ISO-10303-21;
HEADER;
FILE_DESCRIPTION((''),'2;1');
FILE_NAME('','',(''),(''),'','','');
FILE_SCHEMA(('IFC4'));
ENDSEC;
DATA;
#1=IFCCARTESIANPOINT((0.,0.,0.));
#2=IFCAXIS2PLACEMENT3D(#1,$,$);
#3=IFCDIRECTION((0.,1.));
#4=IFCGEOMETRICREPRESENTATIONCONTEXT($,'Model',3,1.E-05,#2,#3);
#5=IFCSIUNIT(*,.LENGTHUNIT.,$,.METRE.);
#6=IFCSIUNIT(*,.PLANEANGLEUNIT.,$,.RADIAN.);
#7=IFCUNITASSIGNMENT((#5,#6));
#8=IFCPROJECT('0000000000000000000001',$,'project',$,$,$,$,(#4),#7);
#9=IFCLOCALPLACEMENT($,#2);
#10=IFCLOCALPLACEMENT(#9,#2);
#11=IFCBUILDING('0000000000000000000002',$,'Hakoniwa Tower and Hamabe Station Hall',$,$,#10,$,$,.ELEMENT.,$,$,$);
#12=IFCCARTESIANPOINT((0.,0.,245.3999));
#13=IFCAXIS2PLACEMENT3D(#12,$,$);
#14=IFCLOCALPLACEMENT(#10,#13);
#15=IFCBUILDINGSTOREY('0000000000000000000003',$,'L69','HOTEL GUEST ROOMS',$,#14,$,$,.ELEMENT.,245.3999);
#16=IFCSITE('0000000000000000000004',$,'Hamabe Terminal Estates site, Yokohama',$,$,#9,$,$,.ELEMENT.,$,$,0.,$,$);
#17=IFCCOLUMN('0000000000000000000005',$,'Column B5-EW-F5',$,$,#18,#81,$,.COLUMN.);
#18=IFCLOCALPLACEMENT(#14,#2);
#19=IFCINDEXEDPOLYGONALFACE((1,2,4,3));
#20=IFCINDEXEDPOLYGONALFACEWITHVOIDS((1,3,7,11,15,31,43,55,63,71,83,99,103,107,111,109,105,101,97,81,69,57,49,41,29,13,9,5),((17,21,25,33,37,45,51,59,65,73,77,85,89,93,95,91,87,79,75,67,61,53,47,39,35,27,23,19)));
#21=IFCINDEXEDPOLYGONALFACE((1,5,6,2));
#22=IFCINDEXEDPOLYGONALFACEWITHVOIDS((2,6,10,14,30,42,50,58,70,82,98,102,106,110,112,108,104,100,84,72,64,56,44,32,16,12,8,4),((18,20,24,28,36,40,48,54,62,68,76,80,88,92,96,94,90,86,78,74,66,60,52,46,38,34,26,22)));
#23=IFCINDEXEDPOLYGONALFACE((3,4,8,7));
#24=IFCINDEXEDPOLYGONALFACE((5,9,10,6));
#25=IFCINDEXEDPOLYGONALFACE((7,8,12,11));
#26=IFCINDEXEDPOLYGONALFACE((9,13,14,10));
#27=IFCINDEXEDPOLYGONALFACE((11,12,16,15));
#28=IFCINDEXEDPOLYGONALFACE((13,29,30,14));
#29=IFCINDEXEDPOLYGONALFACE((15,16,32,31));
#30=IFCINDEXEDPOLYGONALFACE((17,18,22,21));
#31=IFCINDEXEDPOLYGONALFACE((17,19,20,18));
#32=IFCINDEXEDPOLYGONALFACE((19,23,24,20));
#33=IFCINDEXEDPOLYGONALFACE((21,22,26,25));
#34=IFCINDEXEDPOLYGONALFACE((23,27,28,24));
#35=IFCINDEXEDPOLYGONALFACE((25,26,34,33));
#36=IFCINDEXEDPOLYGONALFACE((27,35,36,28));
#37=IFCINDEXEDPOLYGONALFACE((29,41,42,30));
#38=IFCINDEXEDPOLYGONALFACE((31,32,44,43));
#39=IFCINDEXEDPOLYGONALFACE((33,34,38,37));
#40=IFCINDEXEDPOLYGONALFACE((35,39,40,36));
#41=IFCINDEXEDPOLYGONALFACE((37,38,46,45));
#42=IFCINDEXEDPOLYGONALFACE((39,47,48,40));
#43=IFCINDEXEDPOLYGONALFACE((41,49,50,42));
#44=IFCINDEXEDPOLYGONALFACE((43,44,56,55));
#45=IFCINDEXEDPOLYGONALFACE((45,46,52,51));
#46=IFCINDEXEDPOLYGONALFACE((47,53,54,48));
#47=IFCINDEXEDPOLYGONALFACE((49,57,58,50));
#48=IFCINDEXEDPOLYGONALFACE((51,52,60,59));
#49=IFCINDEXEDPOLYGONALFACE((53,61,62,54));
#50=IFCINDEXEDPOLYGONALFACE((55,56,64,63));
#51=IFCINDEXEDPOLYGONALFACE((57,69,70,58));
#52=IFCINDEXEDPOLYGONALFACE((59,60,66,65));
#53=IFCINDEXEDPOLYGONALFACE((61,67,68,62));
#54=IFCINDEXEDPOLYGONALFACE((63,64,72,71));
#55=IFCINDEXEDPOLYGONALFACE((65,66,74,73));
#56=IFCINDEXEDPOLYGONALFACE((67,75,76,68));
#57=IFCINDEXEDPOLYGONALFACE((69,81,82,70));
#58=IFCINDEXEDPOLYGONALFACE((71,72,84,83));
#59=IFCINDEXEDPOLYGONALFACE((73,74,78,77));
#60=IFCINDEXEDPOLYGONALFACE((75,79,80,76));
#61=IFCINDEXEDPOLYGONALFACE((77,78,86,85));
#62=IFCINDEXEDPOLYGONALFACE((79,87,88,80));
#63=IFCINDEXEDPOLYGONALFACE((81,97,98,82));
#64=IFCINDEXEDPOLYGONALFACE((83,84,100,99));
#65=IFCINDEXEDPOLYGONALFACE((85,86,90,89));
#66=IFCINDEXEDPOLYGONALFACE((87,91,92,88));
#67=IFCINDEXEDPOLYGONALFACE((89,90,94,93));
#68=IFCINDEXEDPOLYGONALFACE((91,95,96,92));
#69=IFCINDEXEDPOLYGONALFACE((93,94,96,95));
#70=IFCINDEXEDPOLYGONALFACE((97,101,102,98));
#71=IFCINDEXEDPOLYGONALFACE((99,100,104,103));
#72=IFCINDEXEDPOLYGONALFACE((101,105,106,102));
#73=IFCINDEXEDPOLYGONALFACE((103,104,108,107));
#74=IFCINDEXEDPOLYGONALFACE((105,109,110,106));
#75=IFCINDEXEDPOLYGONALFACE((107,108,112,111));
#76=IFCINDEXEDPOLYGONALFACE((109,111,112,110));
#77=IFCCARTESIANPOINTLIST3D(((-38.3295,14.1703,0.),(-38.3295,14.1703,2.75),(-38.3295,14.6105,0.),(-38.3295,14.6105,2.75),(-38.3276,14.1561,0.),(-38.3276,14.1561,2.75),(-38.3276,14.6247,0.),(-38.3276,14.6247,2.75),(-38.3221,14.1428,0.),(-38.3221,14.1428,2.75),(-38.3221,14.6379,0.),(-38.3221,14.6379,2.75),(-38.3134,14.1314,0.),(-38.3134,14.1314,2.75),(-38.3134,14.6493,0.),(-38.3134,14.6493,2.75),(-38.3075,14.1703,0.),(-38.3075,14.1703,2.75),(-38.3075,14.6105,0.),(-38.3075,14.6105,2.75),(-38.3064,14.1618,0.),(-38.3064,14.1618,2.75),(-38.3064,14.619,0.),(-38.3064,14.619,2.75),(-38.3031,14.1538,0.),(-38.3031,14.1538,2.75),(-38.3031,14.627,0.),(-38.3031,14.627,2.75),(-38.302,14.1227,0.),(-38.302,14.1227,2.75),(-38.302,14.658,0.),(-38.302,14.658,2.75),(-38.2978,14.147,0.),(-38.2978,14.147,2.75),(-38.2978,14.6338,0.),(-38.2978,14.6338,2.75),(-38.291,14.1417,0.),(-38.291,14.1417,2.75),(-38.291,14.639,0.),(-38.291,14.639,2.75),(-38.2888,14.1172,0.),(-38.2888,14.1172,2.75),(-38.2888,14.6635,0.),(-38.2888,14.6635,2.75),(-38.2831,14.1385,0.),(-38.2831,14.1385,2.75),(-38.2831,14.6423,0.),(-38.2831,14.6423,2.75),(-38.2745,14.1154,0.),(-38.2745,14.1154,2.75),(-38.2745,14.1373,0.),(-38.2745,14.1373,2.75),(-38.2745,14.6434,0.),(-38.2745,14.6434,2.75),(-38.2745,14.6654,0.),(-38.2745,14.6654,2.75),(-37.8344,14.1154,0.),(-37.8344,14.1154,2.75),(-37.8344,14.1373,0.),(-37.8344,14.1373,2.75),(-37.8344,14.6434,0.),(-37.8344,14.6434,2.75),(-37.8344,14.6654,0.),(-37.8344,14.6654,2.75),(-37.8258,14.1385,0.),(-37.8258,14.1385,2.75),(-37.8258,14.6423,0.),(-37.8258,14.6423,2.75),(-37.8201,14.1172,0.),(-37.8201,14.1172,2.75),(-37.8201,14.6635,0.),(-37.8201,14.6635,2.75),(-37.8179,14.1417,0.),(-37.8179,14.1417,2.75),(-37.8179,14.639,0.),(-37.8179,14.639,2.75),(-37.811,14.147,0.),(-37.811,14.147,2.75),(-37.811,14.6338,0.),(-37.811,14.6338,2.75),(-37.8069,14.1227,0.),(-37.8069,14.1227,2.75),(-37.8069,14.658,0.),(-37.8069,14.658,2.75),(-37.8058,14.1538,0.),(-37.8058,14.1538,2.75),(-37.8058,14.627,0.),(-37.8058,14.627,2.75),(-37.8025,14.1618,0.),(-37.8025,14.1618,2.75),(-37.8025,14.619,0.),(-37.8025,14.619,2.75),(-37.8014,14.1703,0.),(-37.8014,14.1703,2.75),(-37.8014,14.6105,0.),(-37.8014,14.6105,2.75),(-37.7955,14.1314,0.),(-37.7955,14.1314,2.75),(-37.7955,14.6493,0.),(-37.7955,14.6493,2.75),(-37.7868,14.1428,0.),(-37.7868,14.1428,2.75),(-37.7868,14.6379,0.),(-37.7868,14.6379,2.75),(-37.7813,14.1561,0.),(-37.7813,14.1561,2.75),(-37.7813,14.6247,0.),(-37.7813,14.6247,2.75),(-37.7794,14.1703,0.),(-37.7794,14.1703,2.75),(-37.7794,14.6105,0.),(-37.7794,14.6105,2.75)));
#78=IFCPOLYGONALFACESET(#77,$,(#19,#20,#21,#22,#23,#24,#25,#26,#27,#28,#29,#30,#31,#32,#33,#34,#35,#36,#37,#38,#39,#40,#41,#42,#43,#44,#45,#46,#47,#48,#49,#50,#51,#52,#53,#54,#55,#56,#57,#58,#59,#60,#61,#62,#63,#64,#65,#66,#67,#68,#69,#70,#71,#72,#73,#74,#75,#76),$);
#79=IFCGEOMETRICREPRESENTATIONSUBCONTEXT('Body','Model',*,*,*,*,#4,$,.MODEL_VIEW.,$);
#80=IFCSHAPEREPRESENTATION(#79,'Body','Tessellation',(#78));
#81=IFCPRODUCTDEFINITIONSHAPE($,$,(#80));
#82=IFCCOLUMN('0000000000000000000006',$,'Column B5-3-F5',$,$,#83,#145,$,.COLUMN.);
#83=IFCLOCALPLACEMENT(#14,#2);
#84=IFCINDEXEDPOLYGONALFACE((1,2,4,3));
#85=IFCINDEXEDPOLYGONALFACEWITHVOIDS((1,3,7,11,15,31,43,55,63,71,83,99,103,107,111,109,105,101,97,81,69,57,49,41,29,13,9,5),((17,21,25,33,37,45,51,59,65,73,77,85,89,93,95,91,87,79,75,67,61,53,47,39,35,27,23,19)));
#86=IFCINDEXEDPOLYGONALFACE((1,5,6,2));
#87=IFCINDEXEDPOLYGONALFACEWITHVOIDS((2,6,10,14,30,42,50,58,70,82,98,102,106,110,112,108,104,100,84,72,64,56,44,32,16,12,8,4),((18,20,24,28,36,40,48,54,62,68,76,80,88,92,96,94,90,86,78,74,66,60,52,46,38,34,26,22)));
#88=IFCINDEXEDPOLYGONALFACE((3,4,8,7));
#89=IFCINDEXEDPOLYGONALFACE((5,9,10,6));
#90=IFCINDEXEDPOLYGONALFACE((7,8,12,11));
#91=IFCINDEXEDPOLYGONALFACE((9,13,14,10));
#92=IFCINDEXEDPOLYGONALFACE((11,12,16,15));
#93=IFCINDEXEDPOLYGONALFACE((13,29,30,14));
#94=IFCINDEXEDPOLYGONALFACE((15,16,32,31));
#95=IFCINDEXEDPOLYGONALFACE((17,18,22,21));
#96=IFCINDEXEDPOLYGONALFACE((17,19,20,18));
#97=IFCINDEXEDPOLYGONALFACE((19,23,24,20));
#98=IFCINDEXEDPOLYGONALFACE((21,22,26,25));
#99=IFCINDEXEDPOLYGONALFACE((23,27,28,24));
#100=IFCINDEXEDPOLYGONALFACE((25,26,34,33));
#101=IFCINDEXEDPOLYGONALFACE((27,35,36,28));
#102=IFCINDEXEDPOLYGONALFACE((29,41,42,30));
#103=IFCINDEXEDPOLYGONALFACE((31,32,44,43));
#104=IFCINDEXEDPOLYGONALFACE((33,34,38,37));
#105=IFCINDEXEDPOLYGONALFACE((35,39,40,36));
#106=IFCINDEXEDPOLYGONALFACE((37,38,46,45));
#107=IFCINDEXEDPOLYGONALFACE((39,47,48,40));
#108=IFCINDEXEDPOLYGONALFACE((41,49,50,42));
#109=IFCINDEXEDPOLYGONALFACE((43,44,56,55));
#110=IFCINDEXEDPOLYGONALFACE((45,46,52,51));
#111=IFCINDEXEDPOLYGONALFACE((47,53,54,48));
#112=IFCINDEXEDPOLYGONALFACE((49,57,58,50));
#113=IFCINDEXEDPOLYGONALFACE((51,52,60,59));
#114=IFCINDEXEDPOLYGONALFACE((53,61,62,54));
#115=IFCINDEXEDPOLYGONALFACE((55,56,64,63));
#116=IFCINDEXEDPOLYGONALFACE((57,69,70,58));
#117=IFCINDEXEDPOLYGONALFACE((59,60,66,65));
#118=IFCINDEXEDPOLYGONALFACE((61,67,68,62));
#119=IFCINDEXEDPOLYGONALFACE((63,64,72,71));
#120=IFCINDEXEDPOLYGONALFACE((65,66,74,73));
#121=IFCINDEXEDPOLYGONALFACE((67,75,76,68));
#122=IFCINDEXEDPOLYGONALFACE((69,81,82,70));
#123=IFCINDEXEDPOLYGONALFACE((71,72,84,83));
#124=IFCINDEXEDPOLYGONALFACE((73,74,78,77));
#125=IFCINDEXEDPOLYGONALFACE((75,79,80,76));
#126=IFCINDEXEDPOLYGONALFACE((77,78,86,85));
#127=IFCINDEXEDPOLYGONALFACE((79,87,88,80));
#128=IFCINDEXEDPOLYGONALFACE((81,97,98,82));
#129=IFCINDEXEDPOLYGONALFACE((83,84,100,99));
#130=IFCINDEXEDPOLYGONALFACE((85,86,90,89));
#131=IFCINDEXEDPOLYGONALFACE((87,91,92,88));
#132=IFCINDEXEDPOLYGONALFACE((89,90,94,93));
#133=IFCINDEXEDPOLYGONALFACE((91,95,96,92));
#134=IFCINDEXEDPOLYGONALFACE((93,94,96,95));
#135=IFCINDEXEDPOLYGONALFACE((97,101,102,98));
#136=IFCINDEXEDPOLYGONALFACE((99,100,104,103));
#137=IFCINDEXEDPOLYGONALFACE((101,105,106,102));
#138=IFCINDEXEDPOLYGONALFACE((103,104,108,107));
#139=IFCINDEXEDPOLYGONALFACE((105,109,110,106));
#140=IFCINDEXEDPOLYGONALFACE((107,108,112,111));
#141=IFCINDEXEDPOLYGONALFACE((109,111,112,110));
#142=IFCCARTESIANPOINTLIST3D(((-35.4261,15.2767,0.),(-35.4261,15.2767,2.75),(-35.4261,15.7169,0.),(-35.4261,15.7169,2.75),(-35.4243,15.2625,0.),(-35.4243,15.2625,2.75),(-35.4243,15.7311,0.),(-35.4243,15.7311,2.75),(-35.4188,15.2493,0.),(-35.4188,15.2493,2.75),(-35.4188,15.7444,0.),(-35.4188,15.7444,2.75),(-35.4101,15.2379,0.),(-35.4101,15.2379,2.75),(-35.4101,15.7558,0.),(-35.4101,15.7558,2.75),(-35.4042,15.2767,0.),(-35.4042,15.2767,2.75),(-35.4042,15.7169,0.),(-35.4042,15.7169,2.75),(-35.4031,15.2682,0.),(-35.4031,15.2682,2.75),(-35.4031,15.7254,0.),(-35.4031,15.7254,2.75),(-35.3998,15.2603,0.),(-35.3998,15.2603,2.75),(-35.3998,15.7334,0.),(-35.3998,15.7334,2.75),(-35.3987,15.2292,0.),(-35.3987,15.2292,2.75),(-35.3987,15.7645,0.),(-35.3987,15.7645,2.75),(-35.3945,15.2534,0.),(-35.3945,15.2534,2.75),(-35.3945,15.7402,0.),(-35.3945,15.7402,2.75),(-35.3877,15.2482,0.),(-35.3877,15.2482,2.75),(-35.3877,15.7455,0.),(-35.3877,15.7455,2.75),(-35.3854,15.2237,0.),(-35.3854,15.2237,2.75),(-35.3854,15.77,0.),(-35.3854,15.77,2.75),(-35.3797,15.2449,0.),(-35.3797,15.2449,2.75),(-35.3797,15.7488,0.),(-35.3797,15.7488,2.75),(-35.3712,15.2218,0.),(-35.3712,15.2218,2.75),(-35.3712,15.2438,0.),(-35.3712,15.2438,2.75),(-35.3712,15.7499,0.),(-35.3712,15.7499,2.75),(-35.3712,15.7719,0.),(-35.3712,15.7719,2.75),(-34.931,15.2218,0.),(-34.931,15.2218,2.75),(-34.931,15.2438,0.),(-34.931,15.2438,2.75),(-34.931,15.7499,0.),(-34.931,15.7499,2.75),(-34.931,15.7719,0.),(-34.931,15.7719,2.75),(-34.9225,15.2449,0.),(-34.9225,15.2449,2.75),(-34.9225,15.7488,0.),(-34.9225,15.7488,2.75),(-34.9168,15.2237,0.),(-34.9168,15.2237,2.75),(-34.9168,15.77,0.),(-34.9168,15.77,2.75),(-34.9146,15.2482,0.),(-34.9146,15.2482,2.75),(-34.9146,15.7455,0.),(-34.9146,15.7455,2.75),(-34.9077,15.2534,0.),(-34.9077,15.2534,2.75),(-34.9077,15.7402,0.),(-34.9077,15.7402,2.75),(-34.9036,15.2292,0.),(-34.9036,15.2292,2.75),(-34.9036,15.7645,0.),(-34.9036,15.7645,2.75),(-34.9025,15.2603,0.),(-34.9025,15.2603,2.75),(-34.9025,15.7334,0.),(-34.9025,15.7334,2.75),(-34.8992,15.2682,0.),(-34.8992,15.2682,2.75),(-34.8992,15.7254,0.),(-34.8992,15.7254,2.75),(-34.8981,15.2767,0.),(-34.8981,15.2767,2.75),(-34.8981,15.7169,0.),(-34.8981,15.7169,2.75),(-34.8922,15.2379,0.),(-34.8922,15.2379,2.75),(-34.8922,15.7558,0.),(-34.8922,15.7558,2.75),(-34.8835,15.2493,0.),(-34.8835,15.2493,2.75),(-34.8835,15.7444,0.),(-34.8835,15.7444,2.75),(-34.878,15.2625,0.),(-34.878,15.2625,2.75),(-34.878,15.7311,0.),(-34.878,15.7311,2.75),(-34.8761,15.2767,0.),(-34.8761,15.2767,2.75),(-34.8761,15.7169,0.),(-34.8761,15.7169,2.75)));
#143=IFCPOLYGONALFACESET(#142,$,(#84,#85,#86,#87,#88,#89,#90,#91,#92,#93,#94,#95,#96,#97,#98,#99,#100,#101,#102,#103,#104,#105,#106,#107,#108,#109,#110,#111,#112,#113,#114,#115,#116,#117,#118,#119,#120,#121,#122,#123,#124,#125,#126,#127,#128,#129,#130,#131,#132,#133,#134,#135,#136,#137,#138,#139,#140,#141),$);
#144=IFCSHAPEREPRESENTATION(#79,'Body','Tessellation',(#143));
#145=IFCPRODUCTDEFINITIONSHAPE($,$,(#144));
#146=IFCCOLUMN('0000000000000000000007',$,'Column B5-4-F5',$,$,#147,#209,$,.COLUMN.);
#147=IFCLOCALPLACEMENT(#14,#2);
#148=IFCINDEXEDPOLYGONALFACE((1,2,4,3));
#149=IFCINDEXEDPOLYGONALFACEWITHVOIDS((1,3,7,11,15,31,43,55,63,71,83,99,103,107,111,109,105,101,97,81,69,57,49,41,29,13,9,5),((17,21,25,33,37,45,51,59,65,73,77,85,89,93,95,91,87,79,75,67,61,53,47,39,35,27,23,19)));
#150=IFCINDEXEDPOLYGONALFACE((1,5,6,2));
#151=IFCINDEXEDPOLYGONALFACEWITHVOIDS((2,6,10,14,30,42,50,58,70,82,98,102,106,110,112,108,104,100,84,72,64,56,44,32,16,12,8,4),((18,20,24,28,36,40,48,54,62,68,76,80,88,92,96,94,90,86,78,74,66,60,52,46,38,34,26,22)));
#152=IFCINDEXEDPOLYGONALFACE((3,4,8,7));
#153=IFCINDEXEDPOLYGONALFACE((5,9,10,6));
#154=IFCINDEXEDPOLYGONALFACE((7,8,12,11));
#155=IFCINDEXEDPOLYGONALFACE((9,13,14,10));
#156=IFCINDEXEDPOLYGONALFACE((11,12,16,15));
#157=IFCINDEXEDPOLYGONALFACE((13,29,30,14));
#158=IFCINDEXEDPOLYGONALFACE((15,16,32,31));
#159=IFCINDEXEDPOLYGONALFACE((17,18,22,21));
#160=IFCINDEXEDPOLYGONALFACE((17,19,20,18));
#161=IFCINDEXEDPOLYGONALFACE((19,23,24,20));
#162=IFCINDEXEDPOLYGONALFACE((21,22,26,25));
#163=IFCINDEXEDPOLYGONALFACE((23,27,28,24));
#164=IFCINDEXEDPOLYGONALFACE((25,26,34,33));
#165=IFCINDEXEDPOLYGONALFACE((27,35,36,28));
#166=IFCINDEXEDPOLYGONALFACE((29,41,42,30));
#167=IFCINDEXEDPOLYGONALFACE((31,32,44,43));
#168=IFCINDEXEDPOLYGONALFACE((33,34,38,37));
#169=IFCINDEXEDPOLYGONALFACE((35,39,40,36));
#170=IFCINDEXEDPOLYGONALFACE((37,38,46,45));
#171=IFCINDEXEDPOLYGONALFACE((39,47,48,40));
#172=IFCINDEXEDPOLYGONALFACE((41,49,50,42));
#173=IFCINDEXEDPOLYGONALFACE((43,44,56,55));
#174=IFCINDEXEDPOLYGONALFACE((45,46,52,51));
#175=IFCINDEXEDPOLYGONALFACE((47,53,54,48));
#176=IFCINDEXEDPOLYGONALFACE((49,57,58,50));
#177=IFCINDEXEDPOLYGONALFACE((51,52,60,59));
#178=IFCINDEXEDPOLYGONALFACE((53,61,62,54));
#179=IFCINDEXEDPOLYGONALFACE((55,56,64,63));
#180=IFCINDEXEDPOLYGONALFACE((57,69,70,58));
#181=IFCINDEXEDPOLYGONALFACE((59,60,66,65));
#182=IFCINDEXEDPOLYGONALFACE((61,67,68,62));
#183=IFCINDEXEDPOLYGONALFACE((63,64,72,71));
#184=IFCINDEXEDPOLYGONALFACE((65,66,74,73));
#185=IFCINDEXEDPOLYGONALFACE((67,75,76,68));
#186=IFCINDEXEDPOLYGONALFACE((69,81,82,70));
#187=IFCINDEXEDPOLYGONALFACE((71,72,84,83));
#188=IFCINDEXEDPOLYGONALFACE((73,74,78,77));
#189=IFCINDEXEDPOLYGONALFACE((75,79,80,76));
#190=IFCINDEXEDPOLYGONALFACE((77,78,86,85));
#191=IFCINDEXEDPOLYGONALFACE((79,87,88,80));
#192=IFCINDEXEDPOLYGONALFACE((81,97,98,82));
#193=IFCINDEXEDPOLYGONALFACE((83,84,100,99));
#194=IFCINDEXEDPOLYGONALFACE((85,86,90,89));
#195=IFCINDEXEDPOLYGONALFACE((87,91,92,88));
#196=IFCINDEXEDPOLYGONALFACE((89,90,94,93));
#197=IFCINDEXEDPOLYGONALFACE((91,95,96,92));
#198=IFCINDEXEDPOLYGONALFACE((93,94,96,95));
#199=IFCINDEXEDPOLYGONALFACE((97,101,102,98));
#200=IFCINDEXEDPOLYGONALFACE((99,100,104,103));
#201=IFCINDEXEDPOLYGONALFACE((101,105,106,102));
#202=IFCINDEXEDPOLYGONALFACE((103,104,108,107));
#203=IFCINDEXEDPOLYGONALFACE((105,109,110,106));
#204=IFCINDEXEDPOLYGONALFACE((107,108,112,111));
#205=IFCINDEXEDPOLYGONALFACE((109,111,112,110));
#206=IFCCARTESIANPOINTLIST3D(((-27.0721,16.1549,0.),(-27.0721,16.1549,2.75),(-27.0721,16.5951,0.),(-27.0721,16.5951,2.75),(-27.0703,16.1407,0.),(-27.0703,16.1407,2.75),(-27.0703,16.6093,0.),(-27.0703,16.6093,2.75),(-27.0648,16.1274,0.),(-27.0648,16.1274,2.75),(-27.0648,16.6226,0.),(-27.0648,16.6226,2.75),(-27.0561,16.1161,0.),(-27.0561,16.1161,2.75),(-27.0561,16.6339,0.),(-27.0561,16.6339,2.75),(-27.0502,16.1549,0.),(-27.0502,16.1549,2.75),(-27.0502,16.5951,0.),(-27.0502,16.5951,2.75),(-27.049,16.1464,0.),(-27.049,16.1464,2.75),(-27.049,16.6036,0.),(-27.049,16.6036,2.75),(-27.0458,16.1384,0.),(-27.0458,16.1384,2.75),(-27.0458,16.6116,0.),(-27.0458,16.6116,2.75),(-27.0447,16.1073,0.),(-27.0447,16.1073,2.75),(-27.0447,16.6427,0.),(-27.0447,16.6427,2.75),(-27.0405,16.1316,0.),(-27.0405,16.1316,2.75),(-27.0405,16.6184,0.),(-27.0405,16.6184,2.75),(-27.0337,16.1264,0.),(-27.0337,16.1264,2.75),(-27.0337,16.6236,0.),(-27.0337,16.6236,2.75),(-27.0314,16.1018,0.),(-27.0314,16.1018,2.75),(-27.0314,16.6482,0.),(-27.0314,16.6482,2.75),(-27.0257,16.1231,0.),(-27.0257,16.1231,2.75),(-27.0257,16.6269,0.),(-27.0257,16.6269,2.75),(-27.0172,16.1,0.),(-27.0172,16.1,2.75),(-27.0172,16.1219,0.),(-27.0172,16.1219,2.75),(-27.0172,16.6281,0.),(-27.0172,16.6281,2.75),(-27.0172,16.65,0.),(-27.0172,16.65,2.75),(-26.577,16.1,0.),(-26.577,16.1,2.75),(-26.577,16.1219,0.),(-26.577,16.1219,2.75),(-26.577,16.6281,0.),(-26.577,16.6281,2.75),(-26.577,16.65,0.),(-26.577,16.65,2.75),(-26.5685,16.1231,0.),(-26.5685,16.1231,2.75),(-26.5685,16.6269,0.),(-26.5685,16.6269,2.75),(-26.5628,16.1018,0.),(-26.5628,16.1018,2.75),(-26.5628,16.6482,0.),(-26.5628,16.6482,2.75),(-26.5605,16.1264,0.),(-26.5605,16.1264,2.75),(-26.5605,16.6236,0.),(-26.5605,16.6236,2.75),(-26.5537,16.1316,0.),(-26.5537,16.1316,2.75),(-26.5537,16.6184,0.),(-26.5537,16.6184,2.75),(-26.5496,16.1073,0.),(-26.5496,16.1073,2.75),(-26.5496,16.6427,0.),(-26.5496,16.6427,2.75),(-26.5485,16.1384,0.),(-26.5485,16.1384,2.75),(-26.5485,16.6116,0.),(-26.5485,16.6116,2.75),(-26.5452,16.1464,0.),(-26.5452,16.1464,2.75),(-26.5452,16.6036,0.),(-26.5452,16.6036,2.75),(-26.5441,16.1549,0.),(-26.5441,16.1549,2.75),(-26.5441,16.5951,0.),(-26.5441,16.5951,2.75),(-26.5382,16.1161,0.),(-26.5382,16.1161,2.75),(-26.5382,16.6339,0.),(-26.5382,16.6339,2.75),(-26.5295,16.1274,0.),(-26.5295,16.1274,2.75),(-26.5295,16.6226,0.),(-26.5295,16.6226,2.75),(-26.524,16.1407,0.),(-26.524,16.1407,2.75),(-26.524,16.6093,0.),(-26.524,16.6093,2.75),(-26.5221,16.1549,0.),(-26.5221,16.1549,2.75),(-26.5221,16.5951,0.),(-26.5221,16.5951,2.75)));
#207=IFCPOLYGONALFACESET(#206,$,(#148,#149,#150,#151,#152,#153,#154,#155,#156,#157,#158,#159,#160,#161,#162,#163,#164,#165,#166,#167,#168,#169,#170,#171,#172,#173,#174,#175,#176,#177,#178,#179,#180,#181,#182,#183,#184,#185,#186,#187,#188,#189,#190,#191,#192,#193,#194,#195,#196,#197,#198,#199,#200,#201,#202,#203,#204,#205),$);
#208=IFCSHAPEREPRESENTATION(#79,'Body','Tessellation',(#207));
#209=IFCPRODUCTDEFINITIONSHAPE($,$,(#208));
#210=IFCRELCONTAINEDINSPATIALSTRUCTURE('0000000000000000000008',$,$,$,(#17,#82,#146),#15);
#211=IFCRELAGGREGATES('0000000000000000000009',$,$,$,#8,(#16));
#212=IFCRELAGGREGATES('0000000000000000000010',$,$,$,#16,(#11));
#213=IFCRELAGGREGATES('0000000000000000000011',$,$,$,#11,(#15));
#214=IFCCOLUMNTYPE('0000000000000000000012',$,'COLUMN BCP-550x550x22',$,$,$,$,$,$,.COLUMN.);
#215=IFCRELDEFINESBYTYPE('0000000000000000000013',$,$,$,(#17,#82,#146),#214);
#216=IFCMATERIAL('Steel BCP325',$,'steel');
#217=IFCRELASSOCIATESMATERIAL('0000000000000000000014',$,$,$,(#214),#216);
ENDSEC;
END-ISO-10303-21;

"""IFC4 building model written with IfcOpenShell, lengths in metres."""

from ifc_helpers import new_model, si_unit, direction, frame, origin, origin_2d, place, context, subcontext, project, spatial, hollow_rectangle, extrude, material, material_profile, profile_set, type_object, element, save


model = new_model("IFC4")

# Units and contexts
model_context = context("Model", 3, precision=1e-05, world=origin(), true_north=direction((0.0, 1.0)))
body_context = subcontext(model_context, "Body", "Model", "MODEL_VIEW")
ifc_project = project(units=[si_unit("LENGTHUNIT", "METRE"), si_unit("PLANEANGLEUNIT", "RADIAN")], contexts=[model_context])

# Site, building, storey
site_placement = place(None, origin())
site = spatial("IfcSite", under=ifc_project, at=site_placement, Name="Hamabe Terminal Estates site, Yokohama", CompositionType="ELEMENT", RefElevation=0.0)
building_placement = place(site_placement, origin())
building = spatial("IfcBuilding", under=site, at=building_placement, Name="Hakoniwa Tower and Hamabe Station Hall", CompositionType="ELEMENT")
storey_placement = place(building_placement, frame((0.0, 0.0, 245.3999)))
storey = spatial("IfcBuildingStorey", under=building, at=storey_placement, Name="L69", Description="HOTEL GUEST ROOMS", CompositionType="ELEMENT", Elevation=245.3999)

# Columns
ifc_material_1 = material(Name="Steel BCP325", Category="steel")
ifc_material_profile_1 = material_profile(ifc_material_1, hollow_rectangle(XDim=0.55, YDim=0.55, WallThickness=0.022, InnerFilletRadius=0.033, OuterFilletRadius=0.0549, at=origin_2d()), Name="BCP-550x550x22")
ifc_profile_set_1 = profile_set([ifc_material_profile_1], Name="Steel BCP325")
column_type = type_object("IfcColumnType", Name="COLUMN BCP-550x550x22", PredefinedType="COLUMN", material=ifc_profile_set_1)
for number, where, z_axis, x_axis, name in (
    (1, (-38.0544, 14.3904, 0.0), (0.0, 0.0, 1.0), (1.0, 0.0, 0.0), "Column B5-EW-F5"),
    (2, (-35.1511, 15.4968, 0.0), (0.0, 0.0, 1.0), (1.0, 0.0, 0.0), "Column B5-3-F5"),
    (3, (-26.7971, 16.375, 0.0), (0.0, 0.0, 1.0), (1.0, 0.0, 0.0), "Column B5-4-F5"),
):
    element("IfcColumn", number, at=place(storey_placement, frame(where, z_axis=z_axis, x_axis=x_axis)), inside=storey, type_object=column_type, Name=name, PredefinedType="COLUMN", context=body_context, shape_type="SweptSolid", body=[
        extrude(hollow_rectangle(XDim=0.55, YDim=0.55, WallThickness=0.022, InnerFilletRadius=0.033, OuterFilletRadius=0.0549, at=origin_2d()), origin(), (0.0, 0.0, 1.0), 2.75),
    ])

save(model, "model.ifc")
